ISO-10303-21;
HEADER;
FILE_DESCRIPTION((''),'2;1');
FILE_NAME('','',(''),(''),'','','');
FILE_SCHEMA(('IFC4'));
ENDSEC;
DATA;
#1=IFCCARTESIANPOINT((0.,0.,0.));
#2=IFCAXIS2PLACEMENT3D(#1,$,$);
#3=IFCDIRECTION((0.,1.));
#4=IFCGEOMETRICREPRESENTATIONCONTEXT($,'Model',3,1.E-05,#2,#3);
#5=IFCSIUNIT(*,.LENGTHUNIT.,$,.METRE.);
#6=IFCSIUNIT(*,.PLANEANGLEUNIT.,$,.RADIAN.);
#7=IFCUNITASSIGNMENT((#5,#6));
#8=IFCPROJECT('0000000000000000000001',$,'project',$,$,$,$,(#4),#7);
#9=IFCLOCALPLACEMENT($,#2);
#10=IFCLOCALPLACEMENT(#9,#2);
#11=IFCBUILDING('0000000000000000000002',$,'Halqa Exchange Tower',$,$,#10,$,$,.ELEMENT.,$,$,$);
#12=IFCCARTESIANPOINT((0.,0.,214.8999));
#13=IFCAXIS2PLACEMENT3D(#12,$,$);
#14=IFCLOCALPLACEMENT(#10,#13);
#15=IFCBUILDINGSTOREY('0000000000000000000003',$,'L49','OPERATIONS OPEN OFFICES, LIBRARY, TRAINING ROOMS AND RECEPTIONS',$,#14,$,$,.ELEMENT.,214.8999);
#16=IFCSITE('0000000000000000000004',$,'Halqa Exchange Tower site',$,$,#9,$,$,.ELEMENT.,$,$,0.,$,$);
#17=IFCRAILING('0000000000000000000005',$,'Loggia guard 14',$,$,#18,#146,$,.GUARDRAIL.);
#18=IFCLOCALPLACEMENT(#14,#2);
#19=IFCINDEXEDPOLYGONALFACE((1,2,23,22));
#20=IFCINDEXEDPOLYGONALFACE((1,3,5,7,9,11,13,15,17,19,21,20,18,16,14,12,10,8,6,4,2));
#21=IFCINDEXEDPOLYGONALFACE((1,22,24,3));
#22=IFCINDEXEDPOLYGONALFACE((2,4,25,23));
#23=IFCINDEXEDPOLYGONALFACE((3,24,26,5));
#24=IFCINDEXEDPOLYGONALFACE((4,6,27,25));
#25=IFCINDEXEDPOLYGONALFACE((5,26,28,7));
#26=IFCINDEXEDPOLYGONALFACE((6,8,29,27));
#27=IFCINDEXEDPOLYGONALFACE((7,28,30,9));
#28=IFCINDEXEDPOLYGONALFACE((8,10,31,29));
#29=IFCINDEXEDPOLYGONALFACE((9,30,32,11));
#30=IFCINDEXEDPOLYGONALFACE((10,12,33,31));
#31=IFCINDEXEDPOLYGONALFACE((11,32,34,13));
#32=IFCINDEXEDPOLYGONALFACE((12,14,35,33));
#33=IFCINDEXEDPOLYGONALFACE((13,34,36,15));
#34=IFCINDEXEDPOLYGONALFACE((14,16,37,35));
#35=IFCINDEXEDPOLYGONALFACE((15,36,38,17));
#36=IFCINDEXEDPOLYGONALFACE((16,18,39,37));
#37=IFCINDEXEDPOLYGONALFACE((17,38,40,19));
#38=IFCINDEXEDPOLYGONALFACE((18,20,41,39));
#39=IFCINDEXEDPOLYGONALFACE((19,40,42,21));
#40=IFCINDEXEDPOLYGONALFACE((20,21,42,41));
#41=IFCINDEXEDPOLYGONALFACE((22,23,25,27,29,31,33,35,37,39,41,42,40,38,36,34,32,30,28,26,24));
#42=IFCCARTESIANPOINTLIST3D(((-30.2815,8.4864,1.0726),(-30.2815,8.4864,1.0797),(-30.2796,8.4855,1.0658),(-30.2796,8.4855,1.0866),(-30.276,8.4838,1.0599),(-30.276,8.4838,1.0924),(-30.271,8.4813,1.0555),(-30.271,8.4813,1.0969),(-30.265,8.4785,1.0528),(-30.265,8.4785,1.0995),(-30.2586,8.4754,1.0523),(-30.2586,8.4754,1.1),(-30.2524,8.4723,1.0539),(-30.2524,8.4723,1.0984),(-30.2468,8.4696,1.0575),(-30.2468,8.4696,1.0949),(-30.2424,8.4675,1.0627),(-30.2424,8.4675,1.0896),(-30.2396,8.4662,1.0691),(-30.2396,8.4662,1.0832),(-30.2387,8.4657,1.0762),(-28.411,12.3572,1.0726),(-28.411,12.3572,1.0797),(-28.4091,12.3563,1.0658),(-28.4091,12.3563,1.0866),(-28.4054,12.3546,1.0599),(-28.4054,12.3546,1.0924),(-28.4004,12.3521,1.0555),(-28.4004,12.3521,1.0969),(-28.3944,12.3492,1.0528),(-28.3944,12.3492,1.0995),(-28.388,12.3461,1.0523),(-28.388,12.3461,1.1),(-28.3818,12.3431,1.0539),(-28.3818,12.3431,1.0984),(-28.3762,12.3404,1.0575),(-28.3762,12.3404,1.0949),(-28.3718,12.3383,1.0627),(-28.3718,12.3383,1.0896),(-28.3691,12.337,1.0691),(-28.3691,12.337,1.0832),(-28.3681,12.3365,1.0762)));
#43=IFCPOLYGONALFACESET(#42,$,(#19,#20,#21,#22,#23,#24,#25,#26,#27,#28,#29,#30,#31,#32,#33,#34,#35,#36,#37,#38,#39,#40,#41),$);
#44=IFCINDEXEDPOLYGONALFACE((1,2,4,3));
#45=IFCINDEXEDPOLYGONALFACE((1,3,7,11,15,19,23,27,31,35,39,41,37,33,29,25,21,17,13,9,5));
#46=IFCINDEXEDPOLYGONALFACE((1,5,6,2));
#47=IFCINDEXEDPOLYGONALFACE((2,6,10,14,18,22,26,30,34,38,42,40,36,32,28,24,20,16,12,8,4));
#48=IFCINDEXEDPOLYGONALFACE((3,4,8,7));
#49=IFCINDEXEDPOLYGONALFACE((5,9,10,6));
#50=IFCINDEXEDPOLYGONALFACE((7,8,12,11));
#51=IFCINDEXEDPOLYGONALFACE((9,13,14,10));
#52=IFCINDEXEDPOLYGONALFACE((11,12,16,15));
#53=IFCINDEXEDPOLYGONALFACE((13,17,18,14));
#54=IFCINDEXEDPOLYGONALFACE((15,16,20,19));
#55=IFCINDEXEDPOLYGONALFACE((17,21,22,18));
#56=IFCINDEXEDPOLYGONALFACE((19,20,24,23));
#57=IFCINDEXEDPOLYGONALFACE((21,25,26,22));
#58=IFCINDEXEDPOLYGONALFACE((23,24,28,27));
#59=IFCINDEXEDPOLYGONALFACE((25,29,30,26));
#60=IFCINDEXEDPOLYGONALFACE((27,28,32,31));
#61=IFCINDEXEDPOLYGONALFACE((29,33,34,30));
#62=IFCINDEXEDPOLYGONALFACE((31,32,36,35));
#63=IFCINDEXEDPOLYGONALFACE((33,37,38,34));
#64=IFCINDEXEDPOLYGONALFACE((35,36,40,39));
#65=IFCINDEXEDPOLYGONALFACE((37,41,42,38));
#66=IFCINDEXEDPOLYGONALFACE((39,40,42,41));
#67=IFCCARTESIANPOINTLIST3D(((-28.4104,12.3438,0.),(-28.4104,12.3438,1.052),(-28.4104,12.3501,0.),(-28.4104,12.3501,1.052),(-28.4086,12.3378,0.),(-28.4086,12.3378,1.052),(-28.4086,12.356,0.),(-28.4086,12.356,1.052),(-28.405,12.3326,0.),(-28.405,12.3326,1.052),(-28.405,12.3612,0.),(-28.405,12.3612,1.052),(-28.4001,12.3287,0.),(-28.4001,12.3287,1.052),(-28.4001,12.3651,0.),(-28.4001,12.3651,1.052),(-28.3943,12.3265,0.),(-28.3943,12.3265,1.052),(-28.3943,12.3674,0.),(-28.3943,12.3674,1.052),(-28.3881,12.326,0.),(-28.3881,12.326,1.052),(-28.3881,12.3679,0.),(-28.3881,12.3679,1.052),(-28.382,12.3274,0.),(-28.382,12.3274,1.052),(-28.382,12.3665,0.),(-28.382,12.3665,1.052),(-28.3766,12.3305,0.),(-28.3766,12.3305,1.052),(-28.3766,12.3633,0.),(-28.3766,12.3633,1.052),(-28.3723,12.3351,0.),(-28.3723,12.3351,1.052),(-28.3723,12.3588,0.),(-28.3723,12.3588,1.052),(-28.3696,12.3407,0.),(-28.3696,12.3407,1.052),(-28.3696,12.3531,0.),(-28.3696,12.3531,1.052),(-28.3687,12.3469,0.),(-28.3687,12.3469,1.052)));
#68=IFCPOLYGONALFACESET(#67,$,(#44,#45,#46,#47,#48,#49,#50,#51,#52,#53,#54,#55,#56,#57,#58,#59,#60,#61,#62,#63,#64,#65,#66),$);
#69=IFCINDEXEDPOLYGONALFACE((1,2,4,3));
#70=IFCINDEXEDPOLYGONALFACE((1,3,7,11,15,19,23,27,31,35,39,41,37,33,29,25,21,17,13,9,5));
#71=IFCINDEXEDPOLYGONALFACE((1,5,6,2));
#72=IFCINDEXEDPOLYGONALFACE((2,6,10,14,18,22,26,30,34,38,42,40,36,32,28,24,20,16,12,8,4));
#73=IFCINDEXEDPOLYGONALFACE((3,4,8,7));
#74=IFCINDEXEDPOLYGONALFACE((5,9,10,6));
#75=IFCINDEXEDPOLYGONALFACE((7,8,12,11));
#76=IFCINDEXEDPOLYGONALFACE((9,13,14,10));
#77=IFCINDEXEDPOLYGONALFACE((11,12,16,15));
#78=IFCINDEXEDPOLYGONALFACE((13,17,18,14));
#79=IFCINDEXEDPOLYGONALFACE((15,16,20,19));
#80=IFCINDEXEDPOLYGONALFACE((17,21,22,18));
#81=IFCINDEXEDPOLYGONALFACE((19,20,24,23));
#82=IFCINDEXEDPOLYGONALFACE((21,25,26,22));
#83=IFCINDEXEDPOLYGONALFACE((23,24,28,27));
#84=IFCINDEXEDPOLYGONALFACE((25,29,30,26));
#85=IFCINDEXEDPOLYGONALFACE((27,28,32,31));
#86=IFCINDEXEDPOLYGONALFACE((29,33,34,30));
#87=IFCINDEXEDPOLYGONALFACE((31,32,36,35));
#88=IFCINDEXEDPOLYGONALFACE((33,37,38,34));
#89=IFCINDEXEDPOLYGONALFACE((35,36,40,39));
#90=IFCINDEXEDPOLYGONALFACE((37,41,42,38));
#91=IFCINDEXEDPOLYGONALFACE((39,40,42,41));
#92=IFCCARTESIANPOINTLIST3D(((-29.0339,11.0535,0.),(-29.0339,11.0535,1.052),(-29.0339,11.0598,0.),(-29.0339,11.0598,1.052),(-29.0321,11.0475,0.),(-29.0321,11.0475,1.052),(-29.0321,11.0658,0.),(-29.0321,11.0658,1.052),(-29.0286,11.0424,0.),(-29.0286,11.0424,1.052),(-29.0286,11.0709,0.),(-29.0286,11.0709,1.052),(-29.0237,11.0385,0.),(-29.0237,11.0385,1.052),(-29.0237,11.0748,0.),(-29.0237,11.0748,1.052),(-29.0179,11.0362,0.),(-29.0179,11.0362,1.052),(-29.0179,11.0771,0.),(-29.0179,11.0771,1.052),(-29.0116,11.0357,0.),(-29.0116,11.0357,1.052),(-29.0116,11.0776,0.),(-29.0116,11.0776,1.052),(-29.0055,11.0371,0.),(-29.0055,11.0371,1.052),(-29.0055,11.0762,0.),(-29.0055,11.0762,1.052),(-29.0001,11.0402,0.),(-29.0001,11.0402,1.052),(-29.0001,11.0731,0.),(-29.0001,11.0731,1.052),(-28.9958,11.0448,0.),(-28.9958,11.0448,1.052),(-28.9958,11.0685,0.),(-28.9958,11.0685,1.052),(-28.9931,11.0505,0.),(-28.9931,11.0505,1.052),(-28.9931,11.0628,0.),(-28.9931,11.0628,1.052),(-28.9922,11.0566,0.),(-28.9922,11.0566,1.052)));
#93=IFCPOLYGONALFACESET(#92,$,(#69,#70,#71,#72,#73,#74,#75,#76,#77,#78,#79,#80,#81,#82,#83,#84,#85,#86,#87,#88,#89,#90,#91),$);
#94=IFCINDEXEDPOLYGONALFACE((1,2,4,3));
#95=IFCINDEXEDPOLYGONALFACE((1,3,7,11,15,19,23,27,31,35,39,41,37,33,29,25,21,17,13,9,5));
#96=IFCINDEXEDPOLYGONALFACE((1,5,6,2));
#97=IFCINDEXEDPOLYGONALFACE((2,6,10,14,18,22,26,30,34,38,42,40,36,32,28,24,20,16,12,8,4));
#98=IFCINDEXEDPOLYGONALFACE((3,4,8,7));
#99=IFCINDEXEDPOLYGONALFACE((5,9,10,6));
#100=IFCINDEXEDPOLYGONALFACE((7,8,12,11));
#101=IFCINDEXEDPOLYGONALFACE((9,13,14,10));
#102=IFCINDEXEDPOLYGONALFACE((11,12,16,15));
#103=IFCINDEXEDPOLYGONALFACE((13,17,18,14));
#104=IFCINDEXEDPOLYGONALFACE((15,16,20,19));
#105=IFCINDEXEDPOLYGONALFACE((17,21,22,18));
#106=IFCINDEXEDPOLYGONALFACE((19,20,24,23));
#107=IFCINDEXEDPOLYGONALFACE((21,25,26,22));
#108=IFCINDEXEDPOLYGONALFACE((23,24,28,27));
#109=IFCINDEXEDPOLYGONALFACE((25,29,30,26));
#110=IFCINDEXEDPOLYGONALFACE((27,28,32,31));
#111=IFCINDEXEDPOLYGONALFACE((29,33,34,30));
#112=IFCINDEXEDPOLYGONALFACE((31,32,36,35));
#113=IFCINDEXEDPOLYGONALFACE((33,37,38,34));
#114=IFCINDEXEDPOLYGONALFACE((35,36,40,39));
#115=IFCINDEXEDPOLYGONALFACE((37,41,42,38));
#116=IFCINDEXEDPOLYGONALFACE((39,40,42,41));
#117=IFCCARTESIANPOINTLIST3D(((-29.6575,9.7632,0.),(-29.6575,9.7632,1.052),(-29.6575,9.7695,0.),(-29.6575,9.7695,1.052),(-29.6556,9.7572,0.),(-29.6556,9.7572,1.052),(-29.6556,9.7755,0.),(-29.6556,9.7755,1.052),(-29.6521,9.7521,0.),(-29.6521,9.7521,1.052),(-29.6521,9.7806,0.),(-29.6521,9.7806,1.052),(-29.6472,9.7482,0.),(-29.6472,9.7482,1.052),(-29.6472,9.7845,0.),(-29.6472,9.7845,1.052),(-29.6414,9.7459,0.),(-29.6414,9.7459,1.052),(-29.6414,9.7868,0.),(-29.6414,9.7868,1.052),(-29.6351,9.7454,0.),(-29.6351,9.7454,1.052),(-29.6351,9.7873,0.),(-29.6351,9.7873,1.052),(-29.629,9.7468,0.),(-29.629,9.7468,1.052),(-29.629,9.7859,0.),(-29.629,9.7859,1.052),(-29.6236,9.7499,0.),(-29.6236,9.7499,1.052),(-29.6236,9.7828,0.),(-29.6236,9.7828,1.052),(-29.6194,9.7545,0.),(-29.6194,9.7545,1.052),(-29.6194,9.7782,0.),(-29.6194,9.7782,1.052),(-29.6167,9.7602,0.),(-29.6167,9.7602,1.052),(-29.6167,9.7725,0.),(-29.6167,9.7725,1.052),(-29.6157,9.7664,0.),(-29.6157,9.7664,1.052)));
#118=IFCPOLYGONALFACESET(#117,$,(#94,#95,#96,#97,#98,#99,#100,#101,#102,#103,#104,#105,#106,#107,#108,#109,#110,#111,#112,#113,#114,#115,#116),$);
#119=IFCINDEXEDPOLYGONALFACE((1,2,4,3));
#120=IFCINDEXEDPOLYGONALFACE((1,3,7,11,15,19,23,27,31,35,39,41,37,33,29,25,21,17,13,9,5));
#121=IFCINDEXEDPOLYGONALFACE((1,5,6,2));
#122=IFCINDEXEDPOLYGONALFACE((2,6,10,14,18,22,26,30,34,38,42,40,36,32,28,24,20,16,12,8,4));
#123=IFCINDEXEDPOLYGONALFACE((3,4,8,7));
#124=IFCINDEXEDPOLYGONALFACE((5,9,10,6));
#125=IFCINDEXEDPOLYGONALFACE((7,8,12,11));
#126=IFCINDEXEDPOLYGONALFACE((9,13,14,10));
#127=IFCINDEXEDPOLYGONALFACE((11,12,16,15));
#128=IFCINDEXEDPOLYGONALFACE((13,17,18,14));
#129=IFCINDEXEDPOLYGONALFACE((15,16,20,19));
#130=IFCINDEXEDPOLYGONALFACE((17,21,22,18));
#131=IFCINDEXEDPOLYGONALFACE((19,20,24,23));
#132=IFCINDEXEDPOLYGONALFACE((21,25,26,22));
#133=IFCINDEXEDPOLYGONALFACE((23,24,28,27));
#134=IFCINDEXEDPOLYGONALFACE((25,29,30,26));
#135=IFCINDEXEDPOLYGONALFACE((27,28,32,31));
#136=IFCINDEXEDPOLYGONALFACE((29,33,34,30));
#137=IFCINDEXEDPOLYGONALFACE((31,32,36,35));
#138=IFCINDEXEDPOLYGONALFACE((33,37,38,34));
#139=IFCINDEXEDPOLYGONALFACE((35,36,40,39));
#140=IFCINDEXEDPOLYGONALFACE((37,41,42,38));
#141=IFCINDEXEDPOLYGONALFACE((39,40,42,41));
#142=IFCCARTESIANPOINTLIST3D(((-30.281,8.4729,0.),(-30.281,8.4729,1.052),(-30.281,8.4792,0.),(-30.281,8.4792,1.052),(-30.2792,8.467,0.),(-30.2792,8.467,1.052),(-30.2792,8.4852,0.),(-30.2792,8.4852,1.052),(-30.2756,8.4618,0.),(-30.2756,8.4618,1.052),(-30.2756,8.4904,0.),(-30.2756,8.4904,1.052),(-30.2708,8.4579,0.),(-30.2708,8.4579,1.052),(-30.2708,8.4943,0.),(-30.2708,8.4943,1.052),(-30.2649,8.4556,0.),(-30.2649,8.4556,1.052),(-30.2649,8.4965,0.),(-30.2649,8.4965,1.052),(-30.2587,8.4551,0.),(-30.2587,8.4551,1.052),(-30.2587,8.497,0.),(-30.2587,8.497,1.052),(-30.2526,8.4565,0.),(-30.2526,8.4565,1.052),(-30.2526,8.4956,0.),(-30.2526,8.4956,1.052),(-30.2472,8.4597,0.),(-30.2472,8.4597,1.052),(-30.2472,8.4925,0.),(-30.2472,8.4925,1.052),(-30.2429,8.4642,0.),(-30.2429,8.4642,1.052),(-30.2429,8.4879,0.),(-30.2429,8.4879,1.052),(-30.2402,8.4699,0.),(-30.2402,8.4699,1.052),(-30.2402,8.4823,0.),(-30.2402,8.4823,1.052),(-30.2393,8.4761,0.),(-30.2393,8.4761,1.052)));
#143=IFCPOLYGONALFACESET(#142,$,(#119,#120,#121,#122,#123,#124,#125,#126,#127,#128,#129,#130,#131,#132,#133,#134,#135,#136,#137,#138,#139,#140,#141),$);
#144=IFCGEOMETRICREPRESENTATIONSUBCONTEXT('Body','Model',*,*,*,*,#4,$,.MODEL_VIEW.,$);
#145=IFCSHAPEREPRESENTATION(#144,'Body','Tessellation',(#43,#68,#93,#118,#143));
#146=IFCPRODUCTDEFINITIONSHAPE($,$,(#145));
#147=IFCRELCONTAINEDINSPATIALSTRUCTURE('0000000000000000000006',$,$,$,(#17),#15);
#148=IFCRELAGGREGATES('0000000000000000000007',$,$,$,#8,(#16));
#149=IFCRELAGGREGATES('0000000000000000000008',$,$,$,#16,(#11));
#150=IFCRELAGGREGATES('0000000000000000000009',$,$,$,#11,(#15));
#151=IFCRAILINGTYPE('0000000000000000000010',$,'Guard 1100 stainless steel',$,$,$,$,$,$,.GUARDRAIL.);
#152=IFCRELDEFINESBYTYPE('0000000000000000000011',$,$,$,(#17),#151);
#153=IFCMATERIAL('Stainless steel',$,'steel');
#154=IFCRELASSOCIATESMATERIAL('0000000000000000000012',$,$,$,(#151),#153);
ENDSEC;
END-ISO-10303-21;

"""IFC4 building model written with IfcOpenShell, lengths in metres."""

from ifc_helpers import new_model, si_unit, direction, frame, origin, origin_2d, place, context, subcontext, project, spatial, circle, extrude, material, type_object, element, save


model = new_model("IFC4")

# Units and contexts
model_context = context("Model", 3, precision=1e-05, world=origin(), true_north=direction((0.0, 1.0)))
body_context = subcontext(model_context, "Body", "Model", "MODEL_VIEW")
ifc_project = project(units=[si_unit("LENGTHUNIT", "METRE"), si_unit("PLANEANGLEUNIT", "RADIAN")], contexts=[model_context])

# Site, building, storey
site_placement = place(None, origin())
site = spatial("IfcSite", under=ifc_project, at=site_placement, Name="Halqa Exchange Tower site", CompositionType="ELEMENT", RefElevation=0.0)
building_placement = place(site_placement, origin())
building = spatial("IfcBuilding", under=site, at=building_placement, Name="Halqa Exchange Tower", CompositionType="ELEMENT")
storey_placement = place(building_placement, frame((0.0, 0.0, 214.8999)))
storey = spatial("IfcBuildingStorey", under=building, at=storey_placement, Name="L49", Description="OPERATIONS OPEN OFFICES, LIBRARY, TRAINING ROOMS AND RECEPTIONS", CompositionType="ELEMENT", Elevation=214.8999)

# Railing
ifc_material_1 = material(Name="Stainless steel", Category="steel")
railing_type = type_object("IfcRailingType", Name="Guard 1100 stainless steel", PredefinedType="GUARDRAIL", material=ifc_material_1)
railing_1_placement = place(storey_placement, frame((-28.3896, 12.3469, 0.0)))
element("IfcRailing", 1, at=railing_1_placement, inside=storey, type_object=railing_type, Name="Loggia guard 14", PredefinedType="GUARDRAIL", context=body_context, shape_type="SweptSolid", body=[
    extrude(circle(Radius=0.0239, at=origin_2d()), frame((0.0, 0.0, 1.0762), z_axis=(-0.435111, -0.900377, 0.0), x_axis=(0.900377, -0.435111, 0.0)), (0.0, 0.0, 1.0), 4.2991),
    extrude(circle(Radius=0.021, at=origin_2d()), origin(), (0.0, 0.0, 1.0), 1.052),
    extrude(circle(Radius=0.021, at=origin_2d()), frame((-0.6235, -1.2903, 0.0)), (0.0, 0.0, 1.0), 1.052),
    extrude(circle(Radius=0.021, at=origin_2d()), frame((-1.2471, -2.5806, 0.0)), (0.0, 0.0, 1.0), 1.052),
    extrude(circle(Radius=0.021, at=origin_2d()), frame((-1.8706, -3.8708, 0.0)), (0.0, 0.0, 1.0), 1.052),
])

save(model, "model.ifc")
